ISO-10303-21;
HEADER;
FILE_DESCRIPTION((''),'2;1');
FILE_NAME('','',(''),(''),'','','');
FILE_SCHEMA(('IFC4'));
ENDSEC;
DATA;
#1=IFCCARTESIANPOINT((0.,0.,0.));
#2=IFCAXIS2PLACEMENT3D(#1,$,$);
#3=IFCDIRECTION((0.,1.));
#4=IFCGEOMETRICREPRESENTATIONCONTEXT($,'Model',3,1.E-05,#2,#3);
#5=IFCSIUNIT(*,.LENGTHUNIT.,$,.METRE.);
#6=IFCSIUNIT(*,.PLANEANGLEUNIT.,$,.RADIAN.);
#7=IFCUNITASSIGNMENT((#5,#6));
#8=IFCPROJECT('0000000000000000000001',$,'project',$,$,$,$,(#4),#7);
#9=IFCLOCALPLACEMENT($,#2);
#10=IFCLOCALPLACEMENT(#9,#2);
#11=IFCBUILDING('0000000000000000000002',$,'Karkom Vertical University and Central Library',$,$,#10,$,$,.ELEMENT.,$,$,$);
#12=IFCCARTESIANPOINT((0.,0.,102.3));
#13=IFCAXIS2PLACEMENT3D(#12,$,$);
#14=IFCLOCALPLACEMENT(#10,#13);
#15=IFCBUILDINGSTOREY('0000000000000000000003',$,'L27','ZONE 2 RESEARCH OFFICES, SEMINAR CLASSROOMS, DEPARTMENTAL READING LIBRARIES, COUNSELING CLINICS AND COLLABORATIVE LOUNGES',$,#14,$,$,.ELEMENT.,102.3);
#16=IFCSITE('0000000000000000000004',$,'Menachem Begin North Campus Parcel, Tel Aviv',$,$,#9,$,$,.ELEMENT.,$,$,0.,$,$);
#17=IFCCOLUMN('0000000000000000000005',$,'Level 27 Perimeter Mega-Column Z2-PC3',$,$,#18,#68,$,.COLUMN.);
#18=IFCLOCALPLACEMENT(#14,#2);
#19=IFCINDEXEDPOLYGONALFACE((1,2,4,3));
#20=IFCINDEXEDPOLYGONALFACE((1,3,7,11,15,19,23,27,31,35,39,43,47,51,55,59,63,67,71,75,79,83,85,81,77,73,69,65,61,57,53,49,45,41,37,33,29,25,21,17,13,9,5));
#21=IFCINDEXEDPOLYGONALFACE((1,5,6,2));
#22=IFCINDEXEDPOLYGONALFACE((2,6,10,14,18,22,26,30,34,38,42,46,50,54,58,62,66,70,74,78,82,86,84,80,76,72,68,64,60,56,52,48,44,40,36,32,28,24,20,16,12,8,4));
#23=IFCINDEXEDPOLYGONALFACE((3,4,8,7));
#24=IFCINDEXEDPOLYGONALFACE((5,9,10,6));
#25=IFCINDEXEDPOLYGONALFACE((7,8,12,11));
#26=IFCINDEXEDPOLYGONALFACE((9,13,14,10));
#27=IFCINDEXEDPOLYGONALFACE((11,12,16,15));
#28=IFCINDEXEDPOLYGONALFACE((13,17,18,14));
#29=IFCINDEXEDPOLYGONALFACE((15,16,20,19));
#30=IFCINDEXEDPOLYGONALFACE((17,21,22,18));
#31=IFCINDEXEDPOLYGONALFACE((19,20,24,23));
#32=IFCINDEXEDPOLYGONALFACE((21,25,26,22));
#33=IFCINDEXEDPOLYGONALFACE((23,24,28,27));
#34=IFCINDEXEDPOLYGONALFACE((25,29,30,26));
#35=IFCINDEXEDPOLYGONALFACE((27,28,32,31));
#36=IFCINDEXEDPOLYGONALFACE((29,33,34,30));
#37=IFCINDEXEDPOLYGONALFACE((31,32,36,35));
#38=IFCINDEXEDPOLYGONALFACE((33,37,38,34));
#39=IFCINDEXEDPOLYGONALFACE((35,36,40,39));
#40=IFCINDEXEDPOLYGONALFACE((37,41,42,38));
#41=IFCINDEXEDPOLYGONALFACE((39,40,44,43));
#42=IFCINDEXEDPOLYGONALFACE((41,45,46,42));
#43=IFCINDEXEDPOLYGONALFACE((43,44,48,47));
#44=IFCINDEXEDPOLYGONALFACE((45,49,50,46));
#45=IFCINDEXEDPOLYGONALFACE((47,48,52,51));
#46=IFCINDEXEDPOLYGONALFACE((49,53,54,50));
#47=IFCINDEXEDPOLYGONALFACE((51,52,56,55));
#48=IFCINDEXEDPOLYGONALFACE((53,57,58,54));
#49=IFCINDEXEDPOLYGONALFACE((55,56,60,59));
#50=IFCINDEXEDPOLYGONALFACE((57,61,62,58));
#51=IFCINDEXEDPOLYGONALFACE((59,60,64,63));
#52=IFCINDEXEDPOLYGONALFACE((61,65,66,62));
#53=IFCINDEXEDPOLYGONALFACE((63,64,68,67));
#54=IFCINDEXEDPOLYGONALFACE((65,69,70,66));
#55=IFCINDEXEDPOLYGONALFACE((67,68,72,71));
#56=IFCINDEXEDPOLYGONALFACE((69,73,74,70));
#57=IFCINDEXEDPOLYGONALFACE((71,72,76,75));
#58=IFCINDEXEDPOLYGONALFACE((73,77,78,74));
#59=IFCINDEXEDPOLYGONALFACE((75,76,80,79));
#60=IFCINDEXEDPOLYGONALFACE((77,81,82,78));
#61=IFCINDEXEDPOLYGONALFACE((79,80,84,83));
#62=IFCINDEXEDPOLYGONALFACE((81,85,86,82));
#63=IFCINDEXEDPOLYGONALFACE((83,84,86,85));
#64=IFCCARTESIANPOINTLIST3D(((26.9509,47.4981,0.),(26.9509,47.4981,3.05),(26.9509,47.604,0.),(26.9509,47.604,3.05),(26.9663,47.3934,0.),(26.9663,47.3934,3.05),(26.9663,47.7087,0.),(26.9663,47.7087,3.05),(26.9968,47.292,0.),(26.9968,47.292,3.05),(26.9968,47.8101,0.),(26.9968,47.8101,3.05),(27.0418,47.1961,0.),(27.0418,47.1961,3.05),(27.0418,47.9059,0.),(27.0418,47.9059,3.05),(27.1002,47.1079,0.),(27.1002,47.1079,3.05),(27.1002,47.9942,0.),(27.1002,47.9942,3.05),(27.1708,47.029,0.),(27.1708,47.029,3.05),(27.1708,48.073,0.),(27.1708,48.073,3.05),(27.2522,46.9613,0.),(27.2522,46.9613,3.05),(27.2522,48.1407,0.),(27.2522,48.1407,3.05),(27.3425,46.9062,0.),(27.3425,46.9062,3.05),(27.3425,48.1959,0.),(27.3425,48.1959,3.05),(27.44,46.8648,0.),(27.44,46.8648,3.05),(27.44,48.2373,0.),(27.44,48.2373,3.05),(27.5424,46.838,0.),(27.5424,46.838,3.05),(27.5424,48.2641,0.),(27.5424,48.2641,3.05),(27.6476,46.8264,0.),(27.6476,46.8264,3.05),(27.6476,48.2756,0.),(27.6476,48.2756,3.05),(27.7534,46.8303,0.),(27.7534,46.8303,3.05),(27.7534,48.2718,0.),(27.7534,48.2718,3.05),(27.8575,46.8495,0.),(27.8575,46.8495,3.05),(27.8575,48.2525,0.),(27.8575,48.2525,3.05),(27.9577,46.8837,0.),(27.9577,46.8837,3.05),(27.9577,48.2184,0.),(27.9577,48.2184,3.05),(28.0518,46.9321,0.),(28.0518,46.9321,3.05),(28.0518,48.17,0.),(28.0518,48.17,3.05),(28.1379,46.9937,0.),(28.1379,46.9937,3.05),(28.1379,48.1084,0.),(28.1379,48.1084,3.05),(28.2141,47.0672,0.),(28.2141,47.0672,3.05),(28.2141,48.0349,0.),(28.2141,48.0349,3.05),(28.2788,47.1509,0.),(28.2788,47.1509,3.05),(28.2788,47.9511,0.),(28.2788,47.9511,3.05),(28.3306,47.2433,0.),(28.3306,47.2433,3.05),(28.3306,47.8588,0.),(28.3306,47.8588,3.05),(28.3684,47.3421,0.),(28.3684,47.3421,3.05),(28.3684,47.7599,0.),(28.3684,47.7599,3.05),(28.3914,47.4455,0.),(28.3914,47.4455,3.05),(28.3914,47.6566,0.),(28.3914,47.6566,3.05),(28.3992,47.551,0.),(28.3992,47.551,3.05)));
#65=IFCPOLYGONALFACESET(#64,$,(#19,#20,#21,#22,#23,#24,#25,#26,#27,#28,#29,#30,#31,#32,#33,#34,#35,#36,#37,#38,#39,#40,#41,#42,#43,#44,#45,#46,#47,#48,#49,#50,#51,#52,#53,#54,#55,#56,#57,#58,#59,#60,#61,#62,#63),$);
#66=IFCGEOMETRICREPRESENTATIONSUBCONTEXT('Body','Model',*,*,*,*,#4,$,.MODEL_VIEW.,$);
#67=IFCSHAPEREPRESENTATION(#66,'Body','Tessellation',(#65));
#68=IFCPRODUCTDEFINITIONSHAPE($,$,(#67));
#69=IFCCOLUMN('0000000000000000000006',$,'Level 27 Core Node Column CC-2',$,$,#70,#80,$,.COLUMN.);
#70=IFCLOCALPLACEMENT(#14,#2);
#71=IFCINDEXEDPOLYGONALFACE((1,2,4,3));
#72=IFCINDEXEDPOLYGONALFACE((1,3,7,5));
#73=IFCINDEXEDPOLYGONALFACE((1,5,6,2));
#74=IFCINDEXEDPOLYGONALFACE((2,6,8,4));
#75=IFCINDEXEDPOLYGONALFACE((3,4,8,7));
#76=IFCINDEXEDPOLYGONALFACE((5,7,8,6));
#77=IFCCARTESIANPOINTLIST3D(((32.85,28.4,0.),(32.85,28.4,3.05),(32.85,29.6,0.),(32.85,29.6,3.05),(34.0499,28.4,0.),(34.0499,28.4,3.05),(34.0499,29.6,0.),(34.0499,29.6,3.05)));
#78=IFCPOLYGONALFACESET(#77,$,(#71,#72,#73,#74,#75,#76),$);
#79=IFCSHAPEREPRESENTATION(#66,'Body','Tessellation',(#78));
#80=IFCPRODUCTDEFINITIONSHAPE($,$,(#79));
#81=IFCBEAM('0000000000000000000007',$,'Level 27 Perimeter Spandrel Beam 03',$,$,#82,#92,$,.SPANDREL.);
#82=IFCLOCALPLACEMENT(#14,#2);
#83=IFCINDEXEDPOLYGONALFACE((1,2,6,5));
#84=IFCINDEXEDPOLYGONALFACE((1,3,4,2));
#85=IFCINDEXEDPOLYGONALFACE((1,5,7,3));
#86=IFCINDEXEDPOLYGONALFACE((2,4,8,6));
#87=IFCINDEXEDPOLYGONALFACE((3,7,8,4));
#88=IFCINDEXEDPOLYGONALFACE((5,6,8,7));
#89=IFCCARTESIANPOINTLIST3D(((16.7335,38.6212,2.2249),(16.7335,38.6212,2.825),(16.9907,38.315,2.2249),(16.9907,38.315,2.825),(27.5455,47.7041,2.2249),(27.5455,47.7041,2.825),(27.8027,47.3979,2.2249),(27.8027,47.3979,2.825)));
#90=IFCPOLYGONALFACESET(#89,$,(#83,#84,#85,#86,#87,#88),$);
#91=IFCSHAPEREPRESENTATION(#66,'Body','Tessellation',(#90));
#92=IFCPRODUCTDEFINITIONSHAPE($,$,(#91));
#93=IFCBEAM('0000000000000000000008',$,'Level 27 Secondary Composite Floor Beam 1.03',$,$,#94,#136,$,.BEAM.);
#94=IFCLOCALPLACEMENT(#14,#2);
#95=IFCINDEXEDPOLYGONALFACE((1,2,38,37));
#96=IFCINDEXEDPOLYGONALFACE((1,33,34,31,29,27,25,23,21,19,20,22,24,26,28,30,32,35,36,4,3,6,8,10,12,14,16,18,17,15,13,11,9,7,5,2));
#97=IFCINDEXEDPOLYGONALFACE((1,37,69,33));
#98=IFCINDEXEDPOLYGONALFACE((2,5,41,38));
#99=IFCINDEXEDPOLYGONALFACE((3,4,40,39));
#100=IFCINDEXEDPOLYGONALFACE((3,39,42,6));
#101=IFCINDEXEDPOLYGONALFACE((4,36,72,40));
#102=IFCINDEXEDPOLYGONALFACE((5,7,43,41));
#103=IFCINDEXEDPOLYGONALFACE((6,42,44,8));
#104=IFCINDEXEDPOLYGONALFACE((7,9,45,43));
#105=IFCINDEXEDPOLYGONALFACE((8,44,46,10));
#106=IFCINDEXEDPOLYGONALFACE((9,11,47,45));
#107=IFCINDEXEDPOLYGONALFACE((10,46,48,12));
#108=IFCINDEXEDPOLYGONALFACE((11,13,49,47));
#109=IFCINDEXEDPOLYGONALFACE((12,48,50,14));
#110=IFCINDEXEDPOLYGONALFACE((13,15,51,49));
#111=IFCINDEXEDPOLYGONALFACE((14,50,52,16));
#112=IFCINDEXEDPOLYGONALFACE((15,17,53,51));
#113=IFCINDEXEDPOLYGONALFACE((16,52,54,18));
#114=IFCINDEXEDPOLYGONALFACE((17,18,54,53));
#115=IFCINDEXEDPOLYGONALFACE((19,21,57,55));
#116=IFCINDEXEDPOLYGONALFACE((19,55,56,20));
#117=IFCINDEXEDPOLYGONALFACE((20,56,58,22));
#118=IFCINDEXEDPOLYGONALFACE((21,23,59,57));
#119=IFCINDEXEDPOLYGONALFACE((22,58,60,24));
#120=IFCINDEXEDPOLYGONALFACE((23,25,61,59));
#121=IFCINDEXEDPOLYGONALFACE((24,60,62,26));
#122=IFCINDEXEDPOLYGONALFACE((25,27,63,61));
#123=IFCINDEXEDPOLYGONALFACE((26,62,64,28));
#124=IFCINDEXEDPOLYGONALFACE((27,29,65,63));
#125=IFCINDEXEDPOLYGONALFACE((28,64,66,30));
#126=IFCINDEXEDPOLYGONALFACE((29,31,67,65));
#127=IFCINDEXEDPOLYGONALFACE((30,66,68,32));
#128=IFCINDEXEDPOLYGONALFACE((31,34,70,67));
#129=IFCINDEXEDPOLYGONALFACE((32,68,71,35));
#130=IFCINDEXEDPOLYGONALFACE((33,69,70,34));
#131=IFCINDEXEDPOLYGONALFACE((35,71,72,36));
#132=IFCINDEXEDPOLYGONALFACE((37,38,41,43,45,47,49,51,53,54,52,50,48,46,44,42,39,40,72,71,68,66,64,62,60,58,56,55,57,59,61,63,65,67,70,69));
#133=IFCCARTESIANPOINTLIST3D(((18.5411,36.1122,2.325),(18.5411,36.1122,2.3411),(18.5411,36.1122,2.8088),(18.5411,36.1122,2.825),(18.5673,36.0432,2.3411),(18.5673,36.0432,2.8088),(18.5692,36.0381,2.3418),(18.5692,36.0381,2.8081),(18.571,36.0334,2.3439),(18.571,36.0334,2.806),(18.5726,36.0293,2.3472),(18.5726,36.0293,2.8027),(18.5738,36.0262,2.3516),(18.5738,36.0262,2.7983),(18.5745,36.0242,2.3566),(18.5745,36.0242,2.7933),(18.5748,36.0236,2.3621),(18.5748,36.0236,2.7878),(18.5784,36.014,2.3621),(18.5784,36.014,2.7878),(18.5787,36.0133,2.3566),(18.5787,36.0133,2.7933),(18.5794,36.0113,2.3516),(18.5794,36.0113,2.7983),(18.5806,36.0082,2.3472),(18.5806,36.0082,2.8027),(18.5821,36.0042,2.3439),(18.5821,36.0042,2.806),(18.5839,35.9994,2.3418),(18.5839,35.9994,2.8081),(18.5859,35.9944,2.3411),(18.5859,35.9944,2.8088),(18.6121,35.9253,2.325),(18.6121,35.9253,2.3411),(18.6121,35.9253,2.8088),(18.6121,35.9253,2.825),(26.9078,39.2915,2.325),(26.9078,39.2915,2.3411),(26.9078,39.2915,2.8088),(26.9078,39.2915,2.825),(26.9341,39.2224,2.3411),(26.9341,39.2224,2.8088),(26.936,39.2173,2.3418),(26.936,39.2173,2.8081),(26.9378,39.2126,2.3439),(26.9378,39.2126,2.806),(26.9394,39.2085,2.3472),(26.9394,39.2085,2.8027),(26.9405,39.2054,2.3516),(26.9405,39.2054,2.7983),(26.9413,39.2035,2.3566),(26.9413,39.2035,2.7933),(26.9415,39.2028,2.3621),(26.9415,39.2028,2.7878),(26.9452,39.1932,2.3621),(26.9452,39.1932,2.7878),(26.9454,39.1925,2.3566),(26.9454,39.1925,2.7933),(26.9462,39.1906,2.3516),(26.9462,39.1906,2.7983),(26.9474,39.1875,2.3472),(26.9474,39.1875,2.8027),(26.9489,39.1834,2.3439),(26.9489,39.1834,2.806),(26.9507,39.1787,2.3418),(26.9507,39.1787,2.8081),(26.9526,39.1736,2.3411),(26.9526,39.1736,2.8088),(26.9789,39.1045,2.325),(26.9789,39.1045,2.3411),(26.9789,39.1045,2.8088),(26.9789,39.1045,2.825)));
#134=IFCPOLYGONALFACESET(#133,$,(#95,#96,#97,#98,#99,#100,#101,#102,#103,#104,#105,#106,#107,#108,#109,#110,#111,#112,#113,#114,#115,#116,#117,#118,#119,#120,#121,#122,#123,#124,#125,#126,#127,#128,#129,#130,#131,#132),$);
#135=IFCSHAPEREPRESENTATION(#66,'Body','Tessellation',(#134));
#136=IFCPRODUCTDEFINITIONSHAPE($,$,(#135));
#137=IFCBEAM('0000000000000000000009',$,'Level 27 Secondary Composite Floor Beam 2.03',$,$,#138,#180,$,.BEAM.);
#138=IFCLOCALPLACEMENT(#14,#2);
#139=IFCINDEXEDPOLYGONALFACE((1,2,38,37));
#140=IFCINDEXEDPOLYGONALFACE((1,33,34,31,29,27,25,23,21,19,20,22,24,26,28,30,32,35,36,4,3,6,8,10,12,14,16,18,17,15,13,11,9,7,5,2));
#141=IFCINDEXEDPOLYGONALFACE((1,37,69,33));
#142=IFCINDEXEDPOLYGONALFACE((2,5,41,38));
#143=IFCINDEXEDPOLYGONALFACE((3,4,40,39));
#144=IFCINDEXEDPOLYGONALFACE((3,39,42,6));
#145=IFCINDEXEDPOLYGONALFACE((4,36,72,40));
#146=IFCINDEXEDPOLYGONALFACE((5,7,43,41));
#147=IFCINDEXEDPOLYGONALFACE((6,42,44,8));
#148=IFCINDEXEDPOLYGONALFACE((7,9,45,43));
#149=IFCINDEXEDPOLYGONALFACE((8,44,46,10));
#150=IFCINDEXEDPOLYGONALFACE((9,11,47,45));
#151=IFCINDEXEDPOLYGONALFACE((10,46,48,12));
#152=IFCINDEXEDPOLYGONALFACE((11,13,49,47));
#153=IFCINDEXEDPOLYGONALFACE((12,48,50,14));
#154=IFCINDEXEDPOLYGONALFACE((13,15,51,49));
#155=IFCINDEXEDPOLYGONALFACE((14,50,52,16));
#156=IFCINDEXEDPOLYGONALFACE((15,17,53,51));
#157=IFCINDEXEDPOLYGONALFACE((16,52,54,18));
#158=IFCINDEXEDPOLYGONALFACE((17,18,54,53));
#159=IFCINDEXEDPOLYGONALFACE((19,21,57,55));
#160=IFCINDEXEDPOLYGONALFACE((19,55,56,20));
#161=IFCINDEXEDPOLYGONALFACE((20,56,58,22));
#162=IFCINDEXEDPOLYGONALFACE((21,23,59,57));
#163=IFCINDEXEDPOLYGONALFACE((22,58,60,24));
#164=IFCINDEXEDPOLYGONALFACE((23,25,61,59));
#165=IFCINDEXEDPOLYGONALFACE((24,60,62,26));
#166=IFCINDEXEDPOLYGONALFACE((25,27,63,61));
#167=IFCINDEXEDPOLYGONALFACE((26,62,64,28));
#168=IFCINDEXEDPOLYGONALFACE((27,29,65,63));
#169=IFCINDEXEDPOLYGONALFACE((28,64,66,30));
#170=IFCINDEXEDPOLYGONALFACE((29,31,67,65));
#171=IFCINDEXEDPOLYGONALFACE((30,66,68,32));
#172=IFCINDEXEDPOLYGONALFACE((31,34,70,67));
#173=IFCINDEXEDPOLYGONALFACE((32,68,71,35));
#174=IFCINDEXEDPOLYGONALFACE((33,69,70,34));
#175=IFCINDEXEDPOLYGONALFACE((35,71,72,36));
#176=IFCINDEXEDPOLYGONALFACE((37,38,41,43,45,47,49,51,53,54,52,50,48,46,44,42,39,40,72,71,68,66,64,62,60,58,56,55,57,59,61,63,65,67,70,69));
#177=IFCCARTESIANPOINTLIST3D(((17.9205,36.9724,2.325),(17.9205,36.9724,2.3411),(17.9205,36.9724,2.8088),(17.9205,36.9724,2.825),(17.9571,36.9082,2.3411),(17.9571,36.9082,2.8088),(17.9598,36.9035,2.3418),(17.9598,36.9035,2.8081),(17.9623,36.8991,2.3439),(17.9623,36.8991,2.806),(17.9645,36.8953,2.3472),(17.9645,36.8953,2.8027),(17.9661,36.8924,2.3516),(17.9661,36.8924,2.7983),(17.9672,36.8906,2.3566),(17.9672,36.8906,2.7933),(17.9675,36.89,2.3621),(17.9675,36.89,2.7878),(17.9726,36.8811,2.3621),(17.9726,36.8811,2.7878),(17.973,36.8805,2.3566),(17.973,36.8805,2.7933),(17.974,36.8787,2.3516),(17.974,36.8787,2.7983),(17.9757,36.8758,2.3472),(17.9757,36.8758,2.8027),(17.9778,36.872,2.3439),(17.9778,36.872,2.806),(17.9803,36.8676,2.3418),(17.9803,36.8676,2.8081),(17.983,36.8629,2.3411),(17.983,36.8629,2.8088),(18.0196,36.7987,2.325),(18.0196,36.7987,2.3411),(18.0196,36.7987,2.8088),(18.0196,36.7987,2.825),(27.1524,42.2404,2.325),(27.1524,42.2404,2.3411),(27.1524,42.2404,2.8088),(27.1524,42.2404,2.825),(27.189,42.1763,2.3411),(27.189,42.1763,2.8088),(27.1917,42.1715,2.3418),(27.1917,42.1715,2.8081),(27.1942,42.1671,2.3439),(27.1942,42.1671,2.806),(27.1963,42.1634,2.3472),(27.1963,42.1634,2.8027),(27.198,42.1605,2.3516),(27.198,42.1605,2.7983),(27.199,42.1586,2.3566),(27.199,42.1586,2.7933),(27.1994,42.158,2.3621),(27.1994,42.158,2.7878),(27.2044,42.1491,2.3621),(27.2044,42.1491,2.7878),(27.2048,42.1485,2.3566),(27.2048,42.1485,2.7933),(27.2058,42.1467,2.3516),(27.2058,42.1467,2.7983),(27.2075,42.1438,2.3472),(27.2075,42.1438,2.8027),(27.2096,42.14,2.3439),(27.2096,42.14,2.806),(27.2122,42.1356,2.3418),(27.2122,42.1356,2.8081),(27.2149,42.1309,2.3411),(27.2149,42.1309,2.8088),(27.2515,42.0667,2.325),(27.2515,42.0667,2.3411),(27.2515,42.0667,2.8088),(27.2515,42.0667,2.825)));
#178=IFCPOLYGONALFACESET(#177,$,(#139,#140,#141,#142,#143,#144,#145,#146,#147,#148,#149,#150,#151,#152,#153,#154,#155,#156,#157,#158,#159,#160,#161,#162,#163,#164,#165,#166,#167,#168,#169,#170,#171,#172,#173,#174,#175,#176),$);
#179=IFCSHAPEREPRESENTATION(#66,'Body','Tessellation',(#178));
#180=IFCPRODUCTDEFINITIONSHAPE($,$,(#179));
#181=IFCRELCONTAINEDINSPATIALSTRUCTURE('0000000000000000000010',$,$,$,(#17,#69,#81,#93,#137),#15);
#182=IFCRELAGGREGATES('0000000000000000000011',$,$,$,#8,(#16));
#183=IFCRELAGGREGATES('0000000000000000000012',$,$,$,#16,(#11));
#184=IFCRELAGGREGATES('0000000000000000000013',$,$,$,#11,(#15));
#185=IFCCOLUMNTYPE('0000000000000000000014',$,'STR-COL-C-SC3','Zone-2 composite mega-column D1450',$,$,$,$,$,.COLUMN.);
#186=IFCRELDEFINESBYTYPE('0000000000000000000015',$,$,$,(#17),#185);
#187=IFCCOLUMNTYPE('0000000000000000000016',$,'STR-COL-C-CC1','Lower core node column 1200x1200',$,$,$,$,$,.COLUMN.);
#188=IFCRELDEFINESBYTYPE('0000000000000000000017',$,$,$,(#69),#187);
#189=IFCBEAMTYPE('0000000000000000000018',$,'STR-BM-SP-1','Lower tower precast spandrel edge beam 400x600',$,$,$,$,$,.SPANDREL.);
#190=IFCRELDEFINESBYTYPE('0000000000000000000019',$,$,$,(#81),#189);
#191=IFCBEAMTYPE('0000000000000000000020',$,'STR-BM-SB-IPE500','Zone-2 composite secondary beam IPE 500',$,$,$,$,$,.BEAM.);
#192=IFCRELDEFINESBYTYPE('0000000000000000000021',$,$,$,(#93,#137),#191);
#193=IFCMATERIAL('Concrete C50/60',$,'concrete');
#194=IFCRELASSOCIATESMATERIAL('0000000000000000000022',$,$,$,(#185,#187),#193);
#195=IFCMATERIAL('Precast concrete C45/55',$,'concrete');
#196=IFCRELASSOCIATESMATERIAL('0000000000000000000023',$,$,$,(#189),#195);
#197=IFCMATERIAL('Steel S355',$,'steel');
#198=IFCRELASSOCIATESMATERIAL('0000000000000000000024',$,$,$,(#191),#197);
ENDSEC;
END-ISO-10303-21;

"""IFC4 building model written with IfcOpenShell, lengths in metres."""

from ifc_helpers import new_model, si_unit, direction, frame, origin, origin_with_axes, origin_2d, place, context, subcontext, project, spatial, rectangle, circle, i_section, extrude, source, transform, mapped, material, material_profile, profile_set, type_object, element, save


model = new_model("IFC4")

# Units and contexts
model_context = context("Model", 3, precision=1e-05, world=origin(), true_north=direction((0.0, 1.0)))
body_context = subcontext(model_context, "Body", "Model", "MODEL_VIEW")
ifc_project = project(units=[si_unit("LENGTHUNIT", "METRE"), si_unit("PLANEANGLEUNIT", "RADIAN")], contexts=[model_context])

# Site, building, storey
site_placement = place(None, origin())
site = spatial("IfcSite", under=ifc_project, at=site_placement, Name="Menachem Begin North Campus Parcel, Tel Aviv", CompositionType="ELEMENT", RefElevation=0.0)
building_placement = place(site_placement, origin())
building = spatial("IfcBuilding", under=site, at=building_placement, Name="Karkom Vertical University and Central Library", CompositionType="ELEMENT")
storey_placement = place(building_placement, frame((0.0, 0.0, 102.3)))
storey = spatial("IfcBuildingStorey", under=building, at=storey_placement, Name="L27", Description="ZONE 2 RESEARCH OFFICES, SEMINAR CLASSROOMS, DEPARTMENTAL READING LIBRARIES, COUNSELING CLINICS AND COLLABORATIVE LOUNGES", CompositionType="ELEMENT", Elevation=102.3)

# Columns
ifc_material_1 = material(Name="Concrete C50/60", Category="concrete")
ifc_material_profile_1 = material_profile(ifc_material_1, circle(Radius=0.7251, at=origin_2d()), Name="CFT-D1450")
ifc_profile_set_1 = profile_set([ifc_material_profile_1], Name="Concrete C50/60")
column_type_1 = type_object("IfcColumnType", Name="STR-COL-C-SC3", Description="Zone-2 composite mega-column D1450", PredefinedType="COLUMN", material=ifc_profile_set_1)
shared_shape_1 = source(origin_with_axes(), body_context, "Body", "SweptSolid", [
    extrude(circle(Radius=0.7251, at=origin_2d()), origin(), (0.0, 0.0, 1.0), 3.05),
])
column_1_placement = place(storey_placement, frame((27.6741, 47.551, 0.0), z_axis=(0.0, 0.0, 1.0), x_axis=(1.0, 0.0, 0.0)))
element("IfcColumn", 1, at=column_1_placement, inside=storey, type_object=column_type_1, Name="Level 27 Perimeter Mega-Column Z2-PC3", PredefinedType="COLUMN", context=body_context, shape_type="MappedRepresentation", body=[
    mapped(shared_shape_1, transform((0.0, 0.0, 0.0), scale=1.0)),
])
ifc_material_profile_2 = material_profile(ifc_material_1, rectangle(XDim=1.2, YDim=1.2, at=origin_2d()), Name="RC-1200x1200")
ifc_profile_set_2 = profile_set([ifc_material_profile_2], Name="Concrete C50/60")
column_type_2 = type_object("IfcColumnType", Name="STR-COL-C-CC1", Description="Lower core node column 1200x1200", PredefinedType="COLUMN", material=ifc_profile_set_2)
shared_shape_2 = source(origin_with_axes(), body_context, "Body", "SweptSolid", [
    extrude(rectangle(XDim=1.2, YDim=1.2, at=origin_2d()), origin(), (0.0, 0.0, 1.0), 3.05),
])
column_2_placement = place(storey_placement, frame((33.45, 29.0, 0.0), z_axis=(0.0, 0.0, 1.0), x_axis=(1.0, 0.0, 0.0)))
element("IfcColumn", 2, at=column_2_placement, inside=storey, type_object=column_type_2, Name="Level 27 Core Node Column CC-2", PredefinedType="COLUMN", context=body_context, shape_type="MappedRepresentation", body=[
    mapped(shared_shape_2, transform((0.0, 0.0, 0.0), scale=1.0)),
])

# Beams
ifc_material_2 = material(Name="Precast concrete C45/55", Category="concrete")
ifc_material_profile_3 = material_profile(ifc_material_2, rectangle(XDim=0.3999, YDim=0.6001, at=origin_2d()), Name="SPB-400x600")
ifc_profile_set_3 = profile_set([ifc_material_profile_3], Name="Precast concrete C45/55")
beam_type_1 = type_object("IfcBeamType", Name="STR-BM-SP-1", Description="Lower tower precast spandrel edge beam 400x600", PredefinedType="SPANDREL", material=ifc_profile_set_3)
shared_shape_3 = source(origin_with_axes(), body_context, "Body", "SweptSolid", [
    extrude(rectangle(XDim=0.3999, YDim=0.6001, at=origin_2d()), origin(), (0.0, 0.0, 1.0), 14.1208),
])
beam_1_placement = place(storey_placement, frame((27.6741, 47.551, 2.5249), z_axis=(-0.765673, -0.64323, 0.0), x_axis=(0.64323, -0.765673, 0.0)))
element("IfcBeam", 3, at=beam_1_placement, inside=storey, type_object=beam_type_1, Name="Level 27 Perimeter Spandrel Beam 03", PredefinedType="SPANDREL", context=body_context, shape_type="MappedRepresentation", body=[
    mapped(shared_shape_3, transform((0.0, 0.0, 0.0), scale=1.0)),
])
ifc_material_3 = material(Name="Steel S355", Category="steel")
ifc_material_profile_4 = material_profile(ifc_material_3, i_section(OverallWidth=0.2, OverallDepth=0.5, WebThickness=0.0103, FlangeThickness=0.0161, FilletRadius=0.021, at=origin_2d()), Name="IPE 500")
ifc_profile_set_4 = profile_set([ifc_material_profile_4], Name="Steel S355")
beam_type_2 = type_object("IfcBeamType", Name="STR-BM-SB-IPE500", Description="Zone-2 composite secondary beam IPE 500", PredefinedType="BEAM", material=ifc_profile_set_4)
shared_shape_4 = source(origin_with_axes(), body_context, "Body", "SweptSolid", [
    extrude(i_section(OverallWidth=0.2, OverallDepth=0.5, WebThickness=0.0103, FlangeThickness=0.0161, FilletRadius=0.021, at=origin_2d()), origin(), (0.0, 0.0, 1.0), 8.9504),
])
beam_2_placement = place(storey_placement, frame((26.9434, 39.198, 2.575), z_axis=(-0.934789, -0.355203, 0.0), x_axis=(0.355203, -0.934789, 0.0)))
element("IfcBeam", 4, at=beam_2_placement, inside=storey, type_object=beam_type_2, Name="Level 27 Secondary Composite Floor Beam 1.03", PredefinedType="BEAM", context=body_context, shape_type="MappedRepresentation", body=[
    mapped(shared_shape_4, transform((0.0, 0.0, 0.0), scale=1.0)),
])
shared_shape_5 = source(origin_with_axes(), body_context, "Body", "SweptSolid", [
    extrude(i_section(OverallWidth=0.2, OverallDepth=0.5, WebThickness=0.0103, FlangeThickness=0.0161, FilletRadius=0.021, at=origin_2d()), origin(), (0.0, 0.0, 1.0), 10.6292),
])
beam_3_placement = place(storey_placement, frame((27.2019, 42.1536, 2.575), z_axis=(-0.86854, -0.495619, 0.0), x_axis=(0.495619, -0.86854, 0.0)))
element("IfcBeam", 5, at=beam_3_placement, inside=storey, type_object=beam_type_2, Name="Level 27 Secondary Composite Floor Beam 2.03", PredefinedType="BEAM", context=body_context, shape_type="MappedRepresentation", body=[
    mapped(shared_shape_5, transform((0.0, 0.0, 0.0), scale=1.0)),
])

save(model, "model.ifc")
